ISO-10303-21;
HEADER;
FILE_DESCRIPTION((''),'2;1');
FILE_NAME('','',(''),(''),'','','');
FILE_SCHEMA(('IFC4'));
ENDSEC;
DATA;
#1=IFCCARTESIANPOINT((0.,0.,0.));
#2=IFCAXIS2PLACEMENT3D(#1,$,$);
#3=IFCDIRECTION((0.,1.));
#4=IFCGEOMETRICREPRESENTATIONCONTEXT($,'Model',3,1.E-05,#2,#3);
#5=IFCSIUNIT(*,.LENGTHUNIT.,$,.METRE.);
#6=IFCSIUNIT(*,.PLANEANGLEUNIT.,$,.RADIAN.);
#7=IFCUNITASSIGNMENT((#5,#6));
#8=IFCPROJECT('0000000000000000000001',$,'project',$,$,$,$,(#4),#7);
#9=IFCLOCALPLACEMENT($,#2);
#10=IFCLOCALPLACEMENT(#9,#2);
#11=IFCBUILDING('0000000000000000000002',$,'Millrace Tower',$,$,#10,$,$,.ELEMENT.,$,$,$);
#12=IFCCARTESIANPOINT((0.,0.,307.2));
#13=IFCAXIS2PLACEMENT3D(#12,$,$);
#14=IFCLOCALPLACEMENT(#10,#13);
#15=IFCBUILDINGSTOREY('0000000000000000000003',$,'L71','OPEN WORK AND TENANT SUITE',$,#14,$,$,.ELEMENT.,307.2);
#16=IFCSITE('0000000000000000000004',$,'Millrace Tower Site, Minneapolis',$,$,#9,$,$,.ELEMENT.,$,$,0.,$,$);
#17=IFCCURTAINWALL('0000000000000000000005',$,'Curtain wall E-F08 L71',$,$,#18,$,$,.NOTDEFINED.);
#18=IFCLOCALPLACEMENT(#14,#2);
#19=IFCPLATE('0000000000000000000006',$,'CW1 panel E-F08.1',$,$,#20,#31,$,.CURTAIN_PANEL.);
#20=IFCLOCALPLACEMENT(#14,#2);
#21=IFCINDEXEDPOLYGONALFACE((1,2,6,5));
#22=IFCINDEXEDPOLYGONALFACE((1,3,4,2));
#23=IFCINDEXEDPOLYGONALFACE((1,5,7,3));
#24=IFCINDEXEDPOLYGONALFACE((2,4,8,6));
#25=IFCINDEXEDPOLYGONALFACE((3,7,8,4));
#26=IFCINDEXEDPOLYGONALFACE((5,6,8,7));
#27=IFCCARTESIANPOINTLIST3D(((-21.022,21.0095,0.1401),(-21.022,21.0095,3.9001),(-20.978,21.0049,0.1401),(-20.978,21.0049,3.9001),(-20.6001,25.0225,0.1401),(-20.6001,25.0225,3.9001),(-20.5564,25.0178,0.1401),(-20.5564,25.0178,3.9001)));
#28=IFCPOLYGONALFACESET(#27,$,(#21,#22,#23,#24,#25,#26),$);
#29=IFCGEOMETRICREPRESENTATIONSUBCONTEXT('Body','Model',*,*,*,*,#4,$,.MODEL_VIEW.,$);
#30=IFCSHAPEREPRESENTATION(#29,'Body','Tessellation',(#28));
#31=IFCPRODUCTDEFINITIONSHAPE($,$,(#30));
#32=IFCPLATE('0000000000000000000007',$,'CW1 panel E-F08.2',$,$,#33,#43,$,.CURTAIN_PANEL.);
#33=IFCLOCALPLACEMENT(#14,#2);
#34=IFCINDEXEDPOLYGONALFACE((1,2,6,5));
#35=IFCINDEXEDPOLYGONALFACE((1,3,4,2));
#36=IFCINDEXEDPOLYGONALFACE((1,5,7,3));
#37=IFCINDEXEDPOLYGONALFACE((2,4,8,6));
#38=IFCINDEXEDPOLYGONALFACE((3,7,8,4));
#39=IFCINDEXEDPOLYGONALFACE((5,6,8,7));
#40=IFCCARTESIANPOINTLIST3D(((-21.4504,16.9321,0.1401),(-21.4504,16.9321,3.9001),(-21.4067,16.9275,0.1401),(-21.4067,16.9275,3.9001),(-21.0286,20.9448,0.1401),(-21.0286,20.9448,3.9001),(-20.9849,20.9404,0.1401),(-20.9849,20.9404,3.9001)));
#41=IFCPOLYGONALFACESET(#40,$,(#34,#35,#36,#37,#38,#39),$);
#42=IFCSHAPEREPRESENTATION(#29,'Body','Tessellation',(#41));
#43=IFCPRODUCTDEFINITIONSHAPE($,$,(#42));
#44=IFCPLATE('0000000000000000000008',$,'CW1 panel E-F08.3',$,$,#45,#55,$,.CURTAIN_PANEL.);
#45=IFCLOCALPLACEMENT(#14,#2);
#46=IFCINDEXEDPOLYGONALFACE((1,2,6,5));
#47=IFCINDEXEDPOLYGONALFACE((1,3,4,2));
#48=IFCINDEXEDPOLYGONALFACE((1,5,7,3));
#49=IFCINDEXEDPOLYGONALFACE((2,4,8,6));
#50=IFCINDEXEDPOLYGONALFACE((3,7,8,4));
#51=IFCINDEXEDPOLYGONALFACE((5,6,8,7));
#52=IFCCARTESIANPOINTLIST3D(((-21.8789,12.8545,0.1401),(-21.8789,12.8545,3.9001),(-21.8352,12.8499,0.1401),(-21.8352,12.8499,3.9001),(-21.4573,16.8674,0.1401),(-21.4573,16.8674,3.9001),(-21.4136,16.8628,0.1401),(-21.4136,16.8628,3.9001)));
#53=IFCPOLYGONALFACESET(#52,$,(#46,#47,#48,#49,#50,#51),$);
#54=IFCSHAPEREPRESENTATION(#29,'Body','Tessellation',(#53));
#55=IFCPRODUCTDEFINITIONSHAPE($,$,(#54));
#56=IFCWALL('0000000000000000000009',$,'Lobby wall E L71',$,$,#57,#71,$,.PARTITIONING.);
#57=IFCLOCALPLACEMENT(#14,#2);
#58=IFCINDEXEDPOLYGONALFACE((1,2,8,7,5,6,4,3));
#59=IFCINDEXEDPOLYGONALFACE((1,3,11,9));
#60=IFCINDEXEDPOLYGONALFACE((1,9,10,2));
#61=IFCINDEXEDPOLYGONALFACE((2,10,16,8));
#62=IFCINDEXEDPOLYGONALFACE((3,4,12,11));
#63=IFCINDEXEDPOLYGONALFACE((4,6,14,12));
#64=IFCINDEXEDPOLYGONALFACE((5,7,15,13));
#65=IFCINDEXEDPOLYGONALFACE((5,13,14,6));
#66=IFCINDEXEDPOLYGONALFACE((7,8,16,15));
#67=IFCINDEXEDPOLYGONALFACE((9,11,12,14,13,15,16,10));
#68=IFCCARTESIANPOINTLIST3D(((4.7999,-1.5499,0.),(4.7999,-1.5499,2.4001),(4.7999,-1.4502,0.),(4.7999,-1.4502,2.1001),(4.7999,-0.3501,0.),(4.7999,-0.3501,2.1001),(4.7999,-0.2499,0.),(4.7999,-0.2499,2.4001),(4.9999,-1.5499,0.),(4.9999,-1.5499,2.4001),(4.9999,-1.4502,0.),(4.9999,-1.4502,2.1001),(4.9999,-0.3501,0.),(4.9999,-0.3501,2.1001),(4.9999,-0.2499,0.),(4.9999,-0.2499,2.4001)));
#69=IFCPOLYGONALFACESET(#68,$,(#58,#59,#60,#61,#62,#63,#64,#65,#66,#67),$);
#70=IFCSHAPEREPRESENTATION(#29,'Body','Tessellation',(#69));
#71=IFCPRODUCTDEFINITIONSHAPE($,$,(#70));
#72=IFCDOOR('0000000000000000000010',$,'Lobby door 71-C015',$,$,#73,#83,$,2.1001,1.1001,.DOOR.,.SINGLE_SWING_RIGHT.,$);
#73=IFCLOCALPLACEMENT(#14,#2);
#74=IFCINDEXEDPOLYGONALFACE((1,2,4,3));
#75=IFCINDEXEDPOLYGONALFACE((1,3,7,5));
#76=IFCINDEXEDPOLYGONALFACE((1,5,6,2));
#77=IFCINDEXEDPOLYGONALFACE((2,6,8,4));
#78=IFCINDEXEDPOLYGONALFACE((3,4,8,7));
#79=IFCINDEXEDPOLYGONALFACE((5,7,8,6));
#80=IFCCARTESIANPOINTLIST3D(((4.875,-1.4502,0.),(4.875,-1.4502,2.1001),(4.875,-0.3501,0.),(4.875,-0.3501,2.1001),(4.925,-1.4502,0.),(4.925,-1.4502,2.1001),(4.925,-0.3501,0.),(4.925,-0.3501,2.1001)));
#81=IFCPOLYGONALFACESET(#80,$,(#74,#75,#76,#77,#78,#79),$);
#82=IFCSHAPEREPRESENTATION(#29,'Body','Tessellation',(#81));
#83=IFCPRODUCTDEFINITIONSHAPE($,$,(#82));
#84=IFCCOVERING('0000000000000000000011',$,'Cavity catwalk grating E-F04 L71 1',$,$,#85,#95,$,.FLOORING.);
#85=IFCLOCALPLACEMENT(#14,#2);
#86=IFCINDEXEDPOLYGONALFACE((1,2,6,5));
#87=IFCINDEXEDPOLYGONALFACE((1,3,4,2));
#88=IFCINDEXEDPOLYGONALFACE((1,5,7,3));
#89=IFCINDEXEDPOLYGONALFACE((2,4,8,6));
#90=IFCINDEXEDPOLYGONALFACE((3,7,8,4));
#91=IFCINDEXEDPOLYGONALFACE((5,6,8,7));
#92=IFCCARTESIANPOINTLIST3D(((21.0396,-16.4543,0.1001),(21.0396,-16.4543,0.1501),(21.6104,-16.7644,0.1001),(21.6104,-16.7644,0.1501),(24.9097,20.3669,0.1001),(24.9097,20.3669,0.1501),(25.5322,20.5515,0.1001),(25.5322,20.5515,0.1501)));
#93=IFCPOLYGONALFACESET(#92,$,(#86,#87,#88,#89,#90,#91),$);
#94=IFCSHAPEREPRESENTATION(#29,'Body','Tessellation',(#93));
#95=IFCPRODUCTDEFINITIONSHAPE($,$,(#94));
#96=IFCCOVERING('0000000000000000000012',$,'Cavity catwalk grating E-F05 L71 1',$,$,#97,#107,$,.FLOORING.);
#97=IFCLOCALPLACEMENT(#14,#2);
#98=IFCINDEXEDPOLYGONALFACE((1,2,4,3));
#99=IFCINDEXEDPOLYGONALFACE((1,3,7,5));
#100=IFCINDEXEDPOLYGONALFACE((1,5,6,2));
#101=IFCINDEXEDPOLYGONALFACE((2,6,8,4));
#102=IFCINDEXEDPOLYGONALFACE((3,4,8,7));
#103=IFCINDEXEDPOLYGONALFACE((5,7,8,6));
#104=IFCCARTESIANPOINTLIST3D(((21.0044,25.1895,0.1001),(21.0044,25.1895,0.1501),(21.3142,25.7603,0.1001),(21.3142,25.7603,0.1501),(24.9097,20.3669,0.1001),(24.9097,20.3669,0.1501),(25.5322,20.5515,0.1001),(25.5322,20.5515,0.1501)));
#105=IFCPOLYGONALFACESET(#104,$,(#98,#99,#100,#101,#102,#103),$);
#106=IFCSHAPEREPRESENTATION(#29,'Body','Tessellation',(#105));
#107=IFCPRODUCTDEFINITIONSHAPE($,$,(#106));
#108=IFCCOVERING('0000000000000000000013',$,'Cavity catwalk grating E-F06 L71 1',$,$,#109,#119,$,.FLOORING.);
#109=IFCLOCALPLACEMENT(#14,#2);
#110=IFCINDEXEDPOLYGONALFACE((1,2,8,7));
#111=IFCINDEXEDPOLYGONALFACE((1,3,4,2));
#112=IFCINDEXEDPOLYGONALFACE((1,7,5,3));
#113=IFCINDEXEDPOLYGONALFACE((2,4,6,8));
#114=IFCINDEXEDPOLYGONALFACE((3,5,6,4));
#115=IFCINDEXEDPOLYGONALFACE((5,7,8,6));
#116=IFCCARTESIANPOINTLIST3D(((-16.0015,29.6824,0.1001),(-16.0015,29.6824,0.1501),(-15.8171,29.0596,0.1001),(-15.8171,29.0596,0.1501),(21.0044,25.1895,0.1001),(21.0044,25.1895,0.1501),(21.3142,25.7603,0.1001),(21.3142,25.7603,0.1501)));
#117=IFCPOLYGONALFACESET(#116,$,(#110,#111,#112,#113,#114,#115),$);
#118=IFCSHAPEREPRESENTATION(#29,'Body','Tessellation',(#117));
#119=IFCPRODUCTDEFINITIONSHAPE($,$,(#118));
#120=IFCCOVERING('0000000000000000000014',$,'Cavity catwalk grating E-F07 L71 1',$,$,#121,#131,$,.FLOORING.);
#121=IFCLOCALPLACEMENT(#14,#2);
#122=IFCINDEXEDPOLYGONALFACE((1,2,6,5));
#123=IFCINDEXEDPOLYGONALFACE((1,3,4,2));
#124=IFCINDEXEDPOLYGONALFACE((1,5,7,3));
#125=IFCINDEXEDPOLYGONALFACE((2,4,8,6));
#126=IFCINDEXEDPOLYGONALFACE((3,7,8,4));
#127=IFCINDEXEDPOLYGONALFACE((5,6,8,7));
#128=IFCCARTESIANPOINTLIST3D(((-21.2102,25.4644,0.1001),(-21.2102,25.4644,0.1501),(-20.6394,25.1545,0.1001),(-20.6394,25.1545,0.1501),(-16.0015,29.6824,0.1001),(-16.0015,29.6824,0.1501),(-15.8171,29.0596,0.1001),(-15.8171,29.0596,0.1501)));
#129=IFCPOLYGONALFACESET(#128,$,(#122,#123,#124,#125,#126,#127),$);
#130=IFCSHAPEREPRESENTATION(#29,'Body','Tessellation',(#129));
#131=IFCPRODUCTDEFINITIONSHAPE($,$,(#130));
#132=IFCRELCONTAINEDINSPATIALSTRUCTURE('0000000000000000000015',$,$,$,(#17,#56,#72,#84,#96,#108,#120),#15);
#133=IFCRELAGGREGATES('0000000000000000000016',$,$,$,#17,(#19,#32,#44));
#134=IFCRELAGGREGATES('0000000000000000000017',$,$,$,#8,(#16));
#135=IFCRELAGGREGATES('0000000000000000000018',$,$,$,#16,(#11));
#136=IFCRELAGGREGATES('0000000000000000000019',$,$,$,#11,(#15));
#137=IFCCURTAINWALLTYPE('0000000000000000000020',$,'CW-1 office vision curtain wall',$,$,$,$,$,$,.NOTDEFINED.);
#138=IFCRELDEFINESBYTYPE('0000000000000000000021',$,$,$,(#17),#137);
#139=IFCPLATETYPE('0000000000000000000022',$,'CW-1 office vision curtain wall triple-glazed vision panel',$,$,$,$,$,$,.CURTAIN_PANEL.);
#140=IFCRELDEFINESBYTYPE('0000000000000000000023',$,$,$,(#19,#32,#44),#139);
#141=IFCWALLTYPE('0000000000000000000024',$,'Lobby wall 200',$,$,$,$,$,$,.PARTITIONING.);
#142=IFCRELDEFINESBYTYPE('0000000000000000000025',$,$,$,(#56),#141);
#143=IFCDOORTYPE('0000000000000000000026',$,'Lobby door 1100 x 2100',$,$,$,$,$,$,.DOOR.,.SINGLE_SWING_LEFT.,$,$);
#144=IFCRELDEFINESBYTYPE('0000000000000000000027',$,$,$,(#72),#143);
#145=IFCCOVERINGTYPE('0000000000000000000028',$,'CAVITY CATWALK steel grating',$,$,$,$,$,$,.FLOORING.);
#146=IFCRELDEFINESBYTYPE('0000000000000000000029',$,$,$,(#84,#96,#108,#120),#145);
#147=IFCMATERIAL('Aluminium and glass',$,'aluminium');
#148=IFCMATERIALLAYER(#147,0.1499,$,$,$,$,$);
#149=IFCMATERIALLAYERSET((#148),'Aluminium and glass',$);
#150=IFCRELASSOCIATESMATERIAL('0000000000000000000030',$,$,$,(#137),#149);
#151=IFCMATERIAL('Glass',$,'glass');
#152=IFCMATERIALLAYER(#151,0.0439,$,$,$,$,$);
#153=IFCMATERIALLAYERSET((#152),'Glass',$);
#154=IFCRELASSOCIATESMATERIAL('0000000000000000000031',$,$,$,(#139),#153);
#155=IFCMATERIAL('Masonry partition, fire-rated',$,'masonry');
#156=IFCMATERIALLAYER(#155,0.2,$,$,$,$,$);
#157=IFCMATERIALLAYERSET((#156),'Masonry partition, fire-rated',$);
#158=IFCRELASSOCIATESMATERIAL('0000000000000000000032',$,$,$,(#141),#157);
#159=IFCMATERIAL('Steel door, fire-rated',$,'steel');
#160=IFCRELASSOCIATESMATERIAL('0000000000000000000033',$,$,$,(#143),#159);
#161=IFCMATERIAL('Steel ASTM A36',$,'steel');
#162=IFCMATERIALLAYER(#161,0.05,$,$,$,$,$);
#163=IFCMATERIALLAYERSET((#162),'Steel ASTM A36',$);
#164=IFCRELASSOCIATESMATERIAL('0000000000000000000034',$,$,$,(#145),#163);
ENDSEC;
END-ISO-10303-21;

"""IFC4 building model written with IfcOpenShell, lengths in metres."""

from ifc_helpers import new_model, si_unit, direction, frame, frame_2d, origin, place, context, subcontext, project, spatial, polyline, rectangle, outline, extrude, material, layer, layer_set, type_object, element, fill, aggregate, save


model = new_model("IFC4")

# Units and contexts
model_context = context("Model", 3, precision=1e-05, world=origin(), true_north=direction((0.0, 1.0)))
body_context = subcontext(model_context, "Body", "Model", "MODEL_VIEW")
ifc_project = project(units=[si_unit("LENGTHUNIT", "METRE"), si_unit("PLANEANGLEUNIT", "RADIAN")], contexts=[model_context])

# Site, building, storey
site_placement = place(None, origin())
site = spatial("IfcSite", under=ifc_project, at=site_placement, Name="Millrace Tower Site, Minneapolis", CompositionType="ELEMENT", RefElevation=0.0)
building_placement = place(site_placement, origin())
building = spatial("IfcBuilding", under=site, at=building_placement, Name="Millrace Tower", CompositionType="ELEMENT")
storey_placement = place(building_placement, frame((0.0, 0.0, 307.2)))
storey = spatial("IfcBuildingStorey", under=building, at=storey_placement, Name="L71", Description="OPEN WORK AND TENANT SUITE", CompositionType="ELEMENT", Elevation=307.2)

# Shared definitions
ifc_material_1 = material(Name="Aluminium and glass", Category="aluminium")
ifc_layer_1 = layer(ifc_material_1, 0.1499)
ifc_layer_set_1 = layer_set([ifc_layer_1], Name="Aluminium and glass")
curtain_wall_type = type_object("IfcCurtainWallType", Name="CW-1 office vision curtain wall", PredefinedType="NOTDEFINED", material=ifc_layer_set_1)
placement_1 = place(storey_placement, origin())
ifc_material_2 = material(Name="Glass", Category="glass")
ifc_layer_2 = layer(ifc_material_2, 0.0439)
ifc_layer_set_2 = layer_set([ifc_layer_2], Name="Glass")
plate_type = type_object("IfcPlateType", Name="CW-1 office vision curtain wall triple-glazed vision panel", PredefinedType="CURTAIN_PANEL", material=ifc_layer_set_2)
placement_2 = place(storey_placement, frame((0.0, 0.0, 0.1401)))

# Curtain wall, plates
curtain_wall_1 = element("IfcCurtainWall", 1, at=placement_1, inside=storey, type_object=curtain_wall_type, Name="Curtain wall E-F08 L71", PredefinedType="NOTDEFINED")
plate_1 = element("IfcPlate", 2, at=placement_2, type_object=plate_type, Name="CW1 panel E-F08.1", PredefinedType="CURTAIN_PANEL", context=body_context, shape_type="SweptSolid", body=[
    extrude(outline(polyline([(-20.6001, 25.0225), (-21.022, 21.0095), (-20.978, 21.0049), (-20.5564, 25.0178), (-20.6001, 25.0225)])), origin(), (0.0, 0.0, 1.0), 3.76),
])
plate_2 = element("IfcPlate", 3, at=placement_2, type_object=plate_type, Name="CW1 panel E-F08.2", PredefinedType="CURTAIN_PANEL", context=body_context, shape_type="SweptSolid", body=[
    extrude(outline(polyline([(-21.0286, 20.9448), (-21.4504, 16.9321), (-21.4067, 16.9275), (-20.9849, 20.9404), (-21.0286, 20.9448)])), origin(), (0.0, 0.0, 1.0), 3.76),
])
plate_3 = element("IfcPlate", 4, at=placement_2, type_object=plate_type, Name="CW1 panel E-F08.3", PredefinedType="CURTAIN_PANEL", context=body_context, shape_type="SweptSolid", body=[
    extrude(outline(polyline([(-21.4573, 16.8674), (-21.8789, 12.8545), (-21.8352, 12.8499), (-21.4136, 16.8628), (-21.4573, 16.8674)])), origin(), (0.0, 0.0, 1.0), 3.76),
])
aggregate(curtain_wall_1, [plate_1, plate_2, plate_3])

# Wall, opening, door
ifc_material_3 = material(Name="Masonry partition, fire-rated", Category="masonry")
ifc_layer_3 = layer(ifc_material_3, 0.2)
ifc_layer_set_3 = layer_set([ifc_layer_3], Name="Masonry partition, fire-rated")
wall_type = type_object("IfcWallType", Name="Lobby wall 200", PredefinedType="PARTITIONING", material=ifc_layer_set_3)
wall_placement = place(storey_placement, frame((4.8999, -0.25, 0.0), z_axis=(0.0, 0.0, 1.0), x_axis=(0.0, -1.0, 0.0)))
wall = element("IfcWall", 5, at=wall_placement, inside=storey, type_object=wall_type, Name="Lobby wall E L71", PredefinedType="PARTITIONING", context=body_context, shape_type="SweptSolid", body=[
    extrude(rectangle(XDim=1.3, YDim=0.2, at=frame_2d((0.6499, 0.0))), origin(), (0.0, 0.0, 1.0), 2.4001),
])
opening_placement = place(wall_placement, frame((0.1001, 0.0, 0.0)))
opening = element("IfcOpeningElement", 6, at=opening_placement, cuts=wall, PredefinedType="OPENING", context=body_context, shape_type="SweptSolid", body=[
    extrude(rectangle(XDim=1.1001, YDim=2.1001, at=frame_2d((0.55, 1.05))), frame((0.0, 0.1099, 0.0), z_axis=(0.0, -1.0, 0.0), x_axis=(1.0, 0.0, 0.0)), (0.0, 0.0, 1.0), 0.22),
])
ifc_material_4 = material(Name="Steel door, fire-rated", Category="steel")
door_type = type_object("IfcDoorType", Name="Lobby door 1100 x 2100", OperationType="SINGLE_SWING_LEFT", PredefinedType="DOOR", material=ifc_material_4)
door_placement = place(opening_placement, frame((1.1001, 0.0, 0.0), z_axis=(0.0, 0.0, 1.0), x_axis=(-1.0, 0.0, 0.0)))
door = element("IfcDoor", 7, at=door_placement, inside=storey, type_object=door_type, Name="Lobby door 71-C015", OperationType="SINGLE_SWING_RIGHT", OverallHeight=2.1001, OverallWidth=1.1001, PredefinedType="DOOR", context=body_context, shape_type="SweptSolid", body=[
    extrude(rectangle(XDim=1.1001, YDim=2.1001, at=frame_2d((0.55, 1.05))), frame((0.0, 0.0249, 0.0), z_axis=(0.0, -1.0, 0.0), x_axis=(1.0, 0.0, 0.0)), (0.0, 0.0, 1.0), 0.05),
])
fill(opening, door)

# Coverings
ifc_material_5 = material(Name="Steel ASTM A36", Category="steel")
ifc_layer_4 = layer(ifc_material_5, 0.05)
ifc_layer_set_4 = layer_set([ifc_layer_4], Name="Steel ASTM A36")
covering_type = type_object("IfcCoveringType", Name="CAVITY CATWALK steel grating", PredefinedType="FLOORING", material=ifc_layer_set_4)
placement_3 = place(storey_placement, frame((0.0, 0.0, 0.1001)))
element("IfcCovering", 8, at=placement_3, inside=storey, type_object=covering_type, Name="Cavity catwalk grating E-F04 L71 1", PredefinedType="FLOORING", context=body_context, shape_type="SweptSolid", body=[
    extrude(outline(polyline([(21.6104, -16.7644), (25.5322, 20.5515), (24.9097, 20.3669), (21.0396, -16.4543), (21.6104, -16.7644)])), origin(), (0.0, 0.0, 1.0), 0.05),
])
element("IfcCovering", 9, at=placement_3, inside=storey, type_object=covering_type, Name="Cavity catwalk grating E-F05 L71 1", PredefinedType="FLOORING", context=body_context, shape_type="SweptSolid", body=[
    extrude(outline(polyline([(25.5322, 20.5515), (21.3142, 25.7603), (21.0044, 25.1895), (24.9097, 20.3669), (25.5322, 20.5515)])), origin(), (0.0, 0.0, 1.0), 0.05),
])
element("IfcCovering", 10, at=placement_3, inside=storey, type_object=covering_type, Name="Cavity catwalk grating E-F06 L71 1", PredefinedType="FLOORING", context=body_context, shape_type="SweptSolid", body=[
    extrude(outline(polyline([(21.3142, 25.7603), (-16.0015, 29.6824), (-15.8171, 29.0596), (21.0044, 25.1895), (21.3142, 25.7603)])), origin(), (0.0, 0.0, 1.0), 0.05),
])
element("IfcCovering", 11, at=placement_3, inside=storey, type_object=covering_type, Name="Cavity catwalk grating E-F07 L71 1", PredefinedType="FLOORING", context=body_context, shape_type="SweptSolid", body=[
    extrude(outline(polyline([(-16.0015, 29.6824), (-21.2102, 25.4644), (-20.6394, 25.1545), (-15.8171, 29.0596), (-16.0015, 29.6824)])), origin(), (0.0, 0.0, 1.0), 0.05),
])

save(model, "model.ifc")
